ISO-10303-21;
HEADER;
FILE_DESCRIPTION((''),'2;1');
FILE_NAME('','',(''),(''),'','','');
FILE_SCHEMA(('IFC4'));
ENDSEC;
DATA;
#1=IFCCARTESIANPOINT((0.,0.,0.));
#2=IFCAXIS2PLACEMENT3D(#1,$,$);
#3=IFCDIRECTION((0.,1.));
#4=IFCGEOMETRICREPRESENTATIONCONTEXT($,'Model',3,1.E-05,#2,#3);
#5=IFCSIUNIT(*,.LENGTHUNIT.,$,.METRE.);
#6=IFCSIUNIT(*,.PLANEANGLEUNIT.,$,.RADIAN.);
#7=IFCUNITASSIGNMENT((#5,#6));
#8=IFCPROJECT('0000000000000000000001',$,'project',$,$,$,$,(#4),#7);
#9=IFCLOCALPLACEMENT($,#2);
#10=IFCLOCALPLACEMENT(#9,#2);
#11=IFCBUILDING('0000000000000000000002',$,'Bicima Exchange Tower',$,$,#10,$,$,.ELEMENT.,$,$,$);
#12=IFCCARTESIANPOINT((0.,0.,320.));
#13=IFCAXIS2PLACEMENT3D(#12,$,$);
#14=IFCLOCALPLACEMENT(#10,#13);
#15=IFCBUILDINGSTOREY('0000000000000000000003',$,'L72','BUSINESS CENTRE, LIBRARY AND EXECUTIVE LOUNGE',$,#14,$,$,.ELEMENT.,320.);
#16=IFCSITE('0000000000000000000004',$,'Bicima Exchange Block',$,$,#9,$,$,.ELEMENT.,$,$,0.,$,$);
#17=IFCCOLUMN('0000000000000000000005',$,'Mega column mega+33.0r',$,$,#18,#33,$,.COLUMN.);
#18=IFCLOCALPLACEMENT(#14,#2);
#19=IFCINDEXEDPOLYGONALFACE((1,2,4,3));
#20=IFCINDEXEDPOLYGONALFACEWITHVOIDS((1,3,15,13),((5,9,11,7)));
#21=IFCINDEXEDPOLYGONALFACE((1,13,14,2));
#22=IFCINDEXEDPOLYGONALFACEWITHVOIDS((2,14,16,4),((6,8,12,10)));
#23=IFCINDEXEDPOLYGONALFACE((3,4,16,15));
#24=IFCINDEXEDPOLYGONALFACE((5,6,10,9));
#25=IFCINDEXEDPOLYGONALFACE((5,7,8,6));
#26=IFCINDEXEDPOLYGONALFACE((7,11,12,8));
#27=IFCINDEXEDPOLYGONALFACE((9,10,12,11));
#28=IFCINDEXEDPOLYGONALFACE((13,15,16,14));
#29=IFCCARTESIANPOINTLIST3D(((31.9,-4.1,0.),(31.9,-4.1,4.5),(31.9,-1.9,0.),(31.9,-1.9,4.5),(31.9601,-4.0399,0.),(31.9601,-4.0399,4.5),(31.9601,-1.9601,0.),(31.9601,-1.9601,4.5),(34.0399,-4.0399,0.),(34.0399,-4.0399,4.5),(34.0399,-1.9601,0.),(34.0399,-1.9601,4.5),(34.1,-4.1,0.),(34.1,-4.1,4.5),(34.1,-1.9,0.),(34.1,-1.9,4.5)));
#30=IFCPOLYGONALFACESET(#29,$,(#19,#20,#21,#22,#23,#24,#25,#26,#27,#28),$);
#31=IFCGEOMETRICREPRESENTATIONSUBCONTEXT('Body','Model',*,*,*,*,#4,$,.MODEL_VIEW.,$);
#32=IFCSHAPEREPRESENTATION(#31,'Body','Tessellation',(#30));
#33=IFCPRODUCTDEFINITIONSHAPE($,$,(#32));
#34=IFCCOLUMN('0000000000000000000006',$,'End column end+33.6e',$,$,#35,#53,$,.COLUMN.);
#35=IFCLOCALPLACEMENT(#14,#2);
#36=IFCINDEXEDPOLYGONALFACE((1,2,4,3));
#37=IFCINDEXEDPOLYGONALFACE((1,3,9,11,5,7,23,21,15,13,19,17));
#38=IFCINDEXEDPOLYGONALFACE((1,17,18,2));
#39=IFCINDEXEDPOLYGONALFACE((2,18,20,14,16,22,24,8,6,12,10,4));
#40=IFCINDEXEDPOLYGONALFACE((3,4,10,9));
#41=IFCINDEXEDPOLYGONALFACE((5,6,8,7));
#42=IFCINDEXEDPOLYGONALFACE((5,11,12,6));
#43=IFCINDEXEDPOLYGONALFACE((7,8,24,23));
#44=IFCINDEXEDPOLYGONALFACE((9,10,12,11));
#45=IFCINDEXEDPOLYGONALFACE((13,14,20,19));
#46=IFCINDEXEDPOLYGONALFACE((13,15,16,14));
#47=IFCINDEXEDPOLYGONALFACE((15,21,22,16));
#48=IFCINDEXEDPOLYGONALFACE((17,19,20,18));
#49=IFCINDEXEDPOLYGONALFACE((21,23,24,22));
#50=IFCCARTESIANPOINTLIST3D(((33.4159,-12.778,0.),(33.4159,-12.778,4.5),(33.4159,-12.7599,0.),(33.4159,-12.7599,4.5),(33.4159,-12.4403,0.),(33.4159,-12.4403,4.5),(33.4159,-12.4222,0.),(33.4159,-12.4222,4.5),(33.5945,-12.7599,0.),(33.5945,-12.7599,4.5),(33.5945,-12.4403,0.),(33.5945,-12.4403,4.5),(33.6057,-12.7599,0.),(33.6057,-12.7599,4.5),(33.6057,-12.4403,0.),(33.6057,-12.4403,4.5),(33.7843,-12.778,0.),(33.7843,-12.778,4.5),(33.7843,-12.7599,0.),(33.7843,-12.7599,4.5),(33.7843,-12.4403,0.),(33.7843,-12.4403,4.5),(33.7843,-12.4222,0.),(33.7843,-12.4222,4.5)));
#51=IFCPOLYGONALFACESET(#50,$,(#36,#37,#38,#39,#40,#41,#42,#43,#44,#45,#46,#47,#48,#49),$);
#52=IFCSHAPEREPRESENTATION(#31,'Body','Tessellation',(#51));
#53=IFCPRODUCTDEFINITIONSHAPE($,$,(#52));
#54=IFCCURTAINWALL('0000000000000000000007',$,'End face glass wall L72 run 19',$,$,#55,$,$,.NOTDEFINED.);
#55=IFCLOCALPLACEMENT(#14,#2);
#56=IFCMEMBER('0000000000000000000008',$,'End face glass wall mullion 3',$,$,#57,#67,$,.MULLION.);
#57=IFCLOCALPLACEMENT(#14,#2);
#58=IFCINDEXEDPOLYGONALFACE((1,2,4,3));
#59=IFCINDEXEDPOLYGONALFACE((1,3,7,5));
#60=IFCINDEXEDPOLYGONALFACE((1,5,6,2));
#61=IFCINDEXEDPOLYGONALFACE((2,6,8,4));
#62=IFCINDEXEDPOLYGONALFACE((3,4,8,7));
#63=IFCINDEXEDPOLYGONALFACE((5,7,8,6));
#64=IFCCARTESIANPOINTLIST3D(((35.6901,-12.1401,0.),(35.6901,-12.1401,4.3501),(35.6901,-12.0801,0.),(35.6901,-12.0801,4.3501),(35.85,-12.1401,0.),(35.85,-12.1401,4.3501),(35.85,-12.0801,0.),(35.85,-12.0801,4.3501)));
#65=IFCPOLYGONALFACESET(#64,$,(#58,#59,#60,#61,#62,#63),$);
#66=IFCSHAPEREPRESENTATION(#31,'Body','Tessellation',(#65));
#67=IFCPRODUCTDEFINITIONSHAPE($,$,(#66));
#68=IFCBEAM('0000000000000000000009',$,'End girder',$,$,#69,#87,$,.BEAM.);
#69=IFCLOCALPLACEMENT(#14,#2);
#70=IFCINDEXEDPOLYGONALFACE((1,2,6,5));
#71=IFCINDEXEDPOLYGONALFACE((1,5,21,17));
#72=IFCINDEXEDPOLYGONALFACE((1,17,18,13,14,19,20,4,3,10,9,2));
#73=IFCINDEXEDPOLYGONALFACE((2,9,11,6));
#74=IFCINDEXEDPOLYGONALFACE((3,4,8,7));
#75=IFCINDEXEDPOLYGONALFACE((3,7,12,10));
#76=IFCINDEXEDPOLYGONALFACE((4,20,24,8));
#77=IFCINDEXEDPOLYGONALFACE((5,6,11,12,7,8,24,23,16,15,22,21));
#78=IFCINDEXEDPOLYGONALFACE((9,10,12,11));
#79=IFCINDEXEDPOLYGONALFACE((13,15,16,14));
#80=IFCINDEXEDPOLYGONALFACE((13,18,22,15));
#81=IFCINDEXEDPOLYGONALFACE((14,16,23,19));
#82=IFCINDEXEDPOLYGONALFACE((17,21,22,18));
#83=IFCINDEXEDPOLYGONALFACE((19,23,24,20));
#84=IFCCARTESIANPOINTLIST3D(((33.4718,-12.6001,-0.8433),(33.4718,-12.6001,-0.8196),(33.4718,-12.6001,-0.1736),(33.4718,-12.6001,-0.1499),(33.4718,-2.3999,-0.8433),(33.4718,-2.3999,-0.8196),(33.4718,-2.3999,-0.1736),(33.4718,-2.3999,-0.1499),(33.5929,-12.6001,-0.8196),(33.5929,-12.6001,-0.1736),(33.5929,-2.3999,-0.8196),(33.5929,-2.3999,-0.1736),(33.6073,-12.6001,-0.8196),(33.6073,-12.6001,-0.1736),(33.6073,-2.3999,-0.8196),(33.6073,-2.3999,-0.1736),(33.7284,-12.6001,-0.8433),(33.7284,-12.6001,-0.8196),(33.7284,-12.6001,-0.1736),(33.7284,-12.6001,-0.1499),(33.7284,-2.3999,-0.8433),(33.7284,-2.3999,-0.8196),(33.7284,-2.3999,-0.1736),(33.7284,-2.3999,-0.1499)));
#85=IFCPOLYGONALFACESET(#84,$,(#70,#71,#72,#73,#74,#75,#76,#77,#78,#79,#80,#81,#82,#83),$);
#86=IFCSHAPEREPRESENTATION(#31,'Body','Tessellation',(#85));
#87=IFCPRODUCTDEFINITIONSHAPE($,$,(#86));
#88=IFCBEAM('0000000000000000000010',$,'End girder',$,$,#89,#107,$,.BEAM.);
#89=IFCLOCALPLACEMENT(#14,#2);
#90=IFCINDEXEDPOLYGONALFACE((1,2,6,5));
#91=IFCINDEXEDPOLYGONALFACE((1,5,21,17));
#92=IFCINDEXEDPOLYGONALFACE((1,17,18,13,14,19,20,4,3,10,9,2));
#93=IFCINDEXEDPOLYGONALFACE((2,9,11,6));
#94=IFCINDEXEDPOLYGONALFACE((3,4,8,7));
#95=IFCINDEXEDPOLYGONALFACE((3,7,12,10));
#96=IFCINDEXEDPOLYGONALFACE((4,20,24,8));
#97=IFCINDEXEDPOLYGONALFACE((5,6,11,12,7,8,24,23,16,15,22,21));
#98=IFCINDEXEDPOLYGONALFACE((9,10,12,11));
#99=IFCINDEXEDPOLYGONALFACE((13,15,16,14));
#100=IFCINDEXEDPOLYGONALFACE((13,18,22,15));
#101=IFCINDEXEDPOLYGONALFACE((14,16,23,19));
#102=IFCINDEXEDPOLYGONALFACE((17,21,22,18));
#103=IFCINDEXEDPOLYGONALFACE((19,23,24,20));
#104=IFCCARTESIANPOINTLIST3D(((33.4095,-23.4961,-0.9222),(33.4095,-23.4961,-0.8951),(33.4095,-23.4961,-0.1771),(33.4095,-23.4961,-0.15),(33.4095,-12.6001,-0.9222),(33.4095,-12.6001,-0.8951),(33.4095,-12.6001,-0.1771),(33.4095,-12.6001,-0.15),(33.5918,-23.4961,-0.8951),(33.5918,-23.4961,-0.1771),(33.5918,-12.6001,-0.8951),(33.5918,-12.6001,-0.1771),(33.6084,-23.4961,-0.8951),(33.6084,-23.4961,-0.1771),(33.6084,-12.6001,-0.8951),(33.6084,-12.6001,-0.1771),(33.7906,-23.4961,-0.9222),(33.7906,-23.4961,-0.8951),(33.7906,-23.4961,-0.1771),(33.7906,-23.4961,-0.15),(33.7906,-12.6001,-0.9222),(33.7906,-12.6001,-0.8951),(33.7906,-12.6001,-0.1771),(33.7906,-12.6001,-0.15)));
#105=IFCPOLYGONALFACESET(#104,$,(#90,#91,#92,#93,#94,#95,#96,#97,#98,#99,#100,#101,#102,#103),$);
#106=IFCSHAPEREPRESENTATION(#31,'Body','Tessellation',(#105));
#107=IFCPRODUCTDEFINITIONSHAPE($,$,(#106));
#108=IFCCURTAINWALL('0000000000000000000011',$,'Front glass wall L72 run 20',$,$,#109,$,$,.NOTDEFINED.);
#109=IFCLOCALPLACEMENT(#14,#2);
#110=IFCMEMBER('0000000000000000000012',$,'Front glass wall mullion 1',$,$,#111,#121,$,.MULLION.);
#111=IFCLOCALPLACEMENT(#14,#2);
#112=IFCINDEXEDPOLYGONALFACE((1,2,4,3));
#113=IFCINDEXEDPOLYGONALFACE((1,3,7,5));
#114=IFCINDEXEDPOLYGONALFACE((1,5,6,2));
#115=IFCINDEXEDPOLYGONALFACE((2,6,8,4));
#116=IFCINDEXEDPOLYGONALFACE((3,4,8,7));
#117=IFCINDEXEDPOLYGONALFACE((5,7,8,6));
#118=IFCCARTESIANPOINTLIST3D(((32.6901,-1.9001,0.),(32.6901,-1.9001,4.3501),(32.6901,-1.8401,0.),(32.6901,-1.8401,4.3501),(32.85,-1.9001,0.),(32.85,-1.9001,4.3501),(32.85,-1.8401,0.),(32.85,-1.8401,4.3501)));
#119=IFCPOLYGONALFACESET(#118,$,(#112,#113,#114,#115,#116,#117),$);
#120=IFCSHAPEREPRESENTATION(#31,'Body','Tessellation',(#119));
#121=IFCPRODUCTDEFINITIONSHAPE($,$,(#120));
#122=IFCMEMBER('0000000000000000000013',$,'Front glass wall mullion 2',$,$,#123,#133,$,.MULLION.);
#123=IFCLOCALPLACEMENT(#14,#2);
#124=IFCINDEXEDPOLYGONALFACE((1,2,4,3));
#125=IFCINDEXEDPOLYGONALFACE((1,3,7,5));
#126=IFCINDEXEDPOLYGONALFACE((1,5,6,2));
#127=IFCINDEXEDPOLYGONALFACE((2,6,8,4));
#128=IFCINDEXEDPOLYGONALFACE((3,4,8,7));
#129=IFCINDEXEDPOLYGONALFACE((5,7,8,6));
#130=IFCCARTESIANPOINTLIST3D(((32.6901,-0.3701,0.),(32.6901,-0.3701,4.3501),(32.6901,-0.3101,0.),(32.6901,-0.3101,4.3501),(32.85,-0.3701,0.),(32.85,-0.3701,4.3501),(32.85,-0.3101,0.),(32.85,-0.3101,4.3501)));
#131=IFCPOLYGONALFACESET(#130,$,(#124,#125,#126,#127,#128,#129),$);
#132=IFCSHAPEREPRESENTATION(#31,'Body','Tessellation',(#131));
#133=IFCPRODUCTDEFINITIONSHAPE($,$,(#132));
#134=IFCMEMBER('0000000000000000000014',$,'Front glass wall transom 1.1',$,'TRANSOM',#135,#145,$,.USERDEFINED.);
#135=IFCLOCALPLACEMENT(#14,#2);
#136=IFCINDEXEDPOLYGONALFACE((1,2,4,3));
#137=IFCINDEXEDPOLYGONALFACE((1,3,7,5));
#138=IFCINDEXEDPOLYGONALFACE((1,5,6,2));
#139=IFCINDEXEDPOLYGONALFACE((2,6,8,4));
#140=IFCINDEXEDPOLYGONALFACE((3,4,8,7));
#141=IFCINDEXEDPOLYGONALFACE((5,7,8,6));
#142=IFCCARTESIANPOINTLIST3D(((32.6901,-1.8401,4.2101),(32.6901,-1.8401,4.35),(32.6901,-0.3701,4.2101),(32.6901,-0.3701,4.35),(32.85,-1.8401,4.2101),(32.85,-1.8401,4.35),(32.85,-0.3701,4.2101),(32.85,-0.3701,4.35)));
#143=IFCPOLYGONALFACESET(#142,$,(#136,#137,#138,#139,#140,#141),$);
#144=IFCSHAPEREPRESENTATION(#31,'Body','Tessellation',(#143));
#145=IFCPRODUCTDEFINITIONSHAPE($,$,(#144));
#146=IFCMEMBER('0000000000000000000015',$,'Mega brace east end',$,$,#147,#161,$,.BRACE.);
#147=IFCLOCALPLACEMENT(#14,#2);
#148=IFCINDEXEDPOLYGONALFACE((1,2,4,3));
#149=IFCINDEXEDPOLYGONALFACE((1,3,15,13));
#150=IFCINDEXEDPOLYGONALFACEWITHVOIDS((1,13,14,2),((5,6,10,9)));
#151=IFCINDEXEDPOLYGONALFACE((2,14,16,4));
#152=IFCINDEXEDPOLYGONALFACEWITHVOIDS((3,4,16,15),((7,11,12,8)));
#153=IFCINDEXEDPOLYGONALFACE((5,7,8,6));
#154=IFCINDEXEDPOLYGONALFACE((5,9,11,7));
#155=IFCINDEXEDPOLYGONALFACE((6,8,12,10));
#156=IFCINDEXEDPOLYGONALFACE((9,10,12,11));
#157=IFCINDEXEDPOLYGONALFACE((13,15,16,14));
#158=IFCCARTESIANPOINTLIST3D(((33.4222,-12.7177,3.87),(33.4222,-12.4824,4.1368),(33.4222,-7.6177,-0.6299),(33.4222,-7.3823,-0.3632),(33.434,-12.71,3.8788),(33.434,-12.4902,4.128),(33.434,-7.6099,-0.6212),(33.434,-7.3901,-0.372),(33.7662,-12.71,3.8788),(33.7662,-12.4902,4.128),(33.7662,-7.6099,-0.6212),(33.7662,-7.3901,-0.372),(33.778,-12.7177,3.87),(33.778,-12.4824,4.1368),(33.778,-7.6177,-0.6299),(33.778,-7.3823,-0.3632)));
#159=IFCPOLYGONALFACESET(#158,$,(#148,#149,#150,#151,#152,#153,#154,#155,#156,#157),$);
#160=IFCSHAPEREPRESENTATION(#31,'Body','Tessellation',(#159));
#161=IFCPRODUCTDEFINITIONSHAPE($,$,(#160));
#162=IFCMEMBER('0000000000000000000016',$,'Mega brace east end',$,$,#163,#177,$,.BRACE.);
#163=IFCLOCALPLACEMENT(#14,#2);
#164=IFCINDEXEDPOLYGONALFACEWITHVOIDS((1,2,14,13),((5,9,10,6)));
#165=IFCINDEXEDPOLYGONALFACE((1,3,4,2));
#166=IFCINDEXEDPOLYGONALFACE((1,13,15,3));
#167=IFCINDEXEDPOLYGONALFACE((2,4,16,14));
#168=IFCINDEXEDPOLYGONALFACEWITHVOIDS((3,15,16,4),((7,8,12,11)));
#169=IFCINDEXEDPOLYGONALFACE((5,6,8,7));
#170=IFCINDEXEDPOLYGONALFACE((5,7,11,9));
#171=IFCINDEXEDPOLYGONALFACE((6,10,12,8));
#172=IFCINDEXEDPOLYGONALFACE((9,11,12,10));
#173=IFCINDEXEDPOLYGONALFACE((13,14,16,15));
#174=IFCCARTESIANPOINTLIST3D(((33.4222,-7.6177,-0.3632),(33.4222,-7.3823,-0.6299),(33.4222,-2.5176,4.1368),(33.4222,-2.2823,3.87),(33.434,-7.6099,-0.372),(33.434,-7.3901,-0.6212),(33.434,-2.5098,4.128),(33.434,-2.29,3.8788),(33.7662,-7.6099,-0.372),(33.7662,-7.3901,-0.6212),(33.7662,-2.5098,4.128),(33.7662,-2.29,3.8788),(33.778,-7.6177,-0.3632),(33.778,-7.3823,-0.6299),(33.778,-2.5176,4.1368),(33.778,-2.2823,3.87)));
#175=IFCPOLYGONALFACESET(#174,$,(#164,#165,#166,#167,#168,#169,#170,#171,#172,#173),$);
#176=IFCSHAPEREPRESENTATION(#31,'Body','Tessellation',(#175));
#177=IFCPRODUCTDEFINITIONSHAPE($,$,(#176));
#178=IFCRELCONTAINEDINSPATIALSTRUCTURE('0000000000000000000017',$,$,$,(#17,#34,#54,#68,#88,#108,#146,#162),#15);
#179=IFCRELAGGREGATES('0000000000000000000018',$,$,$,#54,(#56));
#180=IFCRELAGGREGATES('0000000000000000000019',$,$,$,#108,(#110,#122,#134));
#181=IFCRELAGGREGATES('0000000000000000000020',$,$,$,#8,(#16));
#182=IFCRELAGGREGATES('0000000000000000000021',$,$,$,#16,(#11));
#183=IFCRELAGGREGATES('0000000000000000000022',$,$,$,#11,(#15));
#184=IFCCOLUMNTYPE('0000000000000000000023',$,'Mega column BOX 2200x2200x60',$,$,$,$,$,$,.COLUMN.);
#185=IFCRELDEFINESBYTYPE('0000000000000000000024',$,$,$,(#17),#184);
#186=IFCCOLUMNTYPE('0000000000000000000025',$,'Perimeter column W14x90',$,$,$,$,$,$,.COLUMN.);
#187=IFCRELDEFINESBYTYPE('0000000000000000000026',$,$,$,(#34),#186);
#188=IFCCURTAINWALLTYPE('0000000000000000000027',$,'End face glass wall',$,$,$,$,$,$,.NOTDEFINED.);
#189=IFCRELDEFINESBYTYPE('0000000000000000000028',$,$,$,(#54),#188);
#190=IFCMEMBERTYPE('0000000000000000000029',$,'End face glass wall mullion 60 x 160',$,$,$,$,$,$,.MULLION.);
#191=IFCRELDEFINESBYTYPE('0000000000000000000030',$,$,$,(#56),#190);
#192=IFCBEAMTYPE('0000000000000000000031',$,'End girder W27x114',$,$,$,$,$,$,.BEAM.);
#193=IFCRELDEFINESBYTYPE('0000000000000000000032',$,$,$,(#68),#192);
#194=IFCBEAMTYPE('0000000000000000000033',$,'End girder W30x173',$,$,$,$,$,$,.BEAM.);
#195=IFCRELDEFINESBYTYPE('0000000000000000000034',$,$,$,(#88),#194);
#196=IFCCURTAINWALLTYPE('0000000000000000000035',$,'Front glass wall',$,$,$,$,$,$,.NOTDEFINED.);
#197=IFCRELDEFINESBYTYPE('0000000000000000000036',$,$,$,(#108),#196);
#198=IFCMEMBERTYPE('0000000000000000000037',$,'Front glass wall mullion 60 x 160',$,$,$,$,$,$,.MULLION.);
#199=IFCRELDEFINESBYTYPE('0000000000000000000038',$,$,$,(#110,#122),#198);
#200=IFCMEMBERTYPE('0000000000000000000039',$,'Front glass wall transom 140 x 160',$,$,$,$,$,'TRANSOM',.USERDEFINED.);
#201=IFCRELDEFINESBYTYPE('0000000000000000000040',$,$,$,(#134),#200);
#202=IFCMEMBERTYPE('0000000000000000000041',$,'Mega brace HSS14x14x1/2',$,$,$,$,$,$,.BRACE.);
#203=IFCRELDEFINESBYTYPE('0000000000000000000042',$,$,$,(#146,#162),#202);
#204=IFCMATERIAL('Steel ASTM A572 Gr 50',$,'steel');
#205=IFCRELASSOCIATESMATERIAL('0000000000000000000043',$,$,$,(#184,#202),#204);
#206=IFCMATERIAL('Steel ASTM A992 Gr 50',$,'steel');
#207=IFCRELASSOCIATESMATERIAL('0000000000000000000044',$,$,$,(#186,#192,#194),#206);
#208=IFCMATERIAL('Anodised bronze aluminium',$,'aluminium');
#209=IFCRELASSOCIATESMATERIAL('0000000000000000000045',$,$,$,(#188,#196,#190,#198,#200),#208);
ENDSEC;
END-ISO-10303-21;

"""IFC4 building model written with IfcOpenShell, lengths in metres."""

from ifc_helpers import new_model, si_unit, direction, frame, origin, origin_2d, place, context, subcontext, project, spatial, rectangle, hollow_rectangle, i_section, extrude, material, material_profile, profile_set, type_object, element, aggregate, save


model = new_model("IFC4")

# Units and contexts
model_context = context("Model", 3, precision=1e-05, world=origin(), true_north=direction((0.0, 1.0)))
body_context = subcontext(model_context, "Body", "Model", "MODEL_VIEW")
ifc_project = project(units=[si_unit("LENGTHUNIT", "METRE"), si_unit("PLANEANGLEUNIT", "RADIAN")], contexts=[model_context])

# Site, building, storey
site_placement = place(None, origin())
site = spatial("IfcSite", under=ifc_project, at=site_placement, Name="Bicima Exchange Block", CompositionType="ELEMENT", RefElevation=0.0)
building_placement = place(site_placement, origin())
building = spatial("IfcBuilding", under=site, at=building_placement, Name="Bicima Exchange Tower", CompositionType="ELEMENT")
storey_placement = place(building_placement, frame((0.0, 0.0, 320.0)))
storey = spatial("IfcBuildingStorey", under=building, at=storey_placement, Name="L72", Description="BUSINESS CENTRE, LIBRARY AND EXECUTIVE LOUNGE", CompositionType="ELEMENT", Elevation=320.0)

# Columns
ifc_material_1 = material(Name="Steel ASTM A572 Gr 50", Category="steel")
ifc_material_profile_1 = material_profile(ifc_material_1, hollow_rectangle(XDim=2.2, YDim=2.2, WallThickness=0.0601, at=origin_2d()))
ifc_profile_set_1 = profile_set([ifc_material_profile_1], Name="Steel ASTM A572 Gr 50")
column_type_1 = type_object("IfcColumnType", Name="Mega column BOX 2200x2200x60", PredefinedType="COLUMN", material=ifc_profile_set_1)
column_1_placement = place(storey_placement, frame((33.0, -3.0, 0.0), z_axis=(0.0, 0.0, 1.0), x_axis=(1.0, 0.0, 0.0)))
element("IfcColumn", 1, at=column_1_placement, inside=storey, type_object=column_type_1, Name="Mega column mega+33.0r", PredefinedType="COLUMN", context=body_context, shape_type="SweptSolid", body=[
    extrude(hollow_rectangle(XDim=2.2, YDim=2.2, WallThickness=0.0601, at=origin_2d()), origin(), (0.0, 0.0, 1.0), 4.5),
])
ifc_material_2 = material(Name="Steel ASTM A992 Gr 50", Category="steel")
ifc_material_profile_2 = material_profile(ifc_material_2, i_section(OverallWidth=0.3684, OverallDepth=0.3557, WebThickness=0.0112, FlangeThickness=0.0181, at=origin_2d()))
ifc_profile_set_2 = profile_set([ifc_material_profile_2], Name="Steel ASTM A992 Gr 50")
column_type_2 = type_object("IfcColumnType", Name="Perimeter column W14x90", PredefinedType="COLUMN", material=ifc_profile_set_2)
column_2_placement = place(storey_placement, frame((33.6001, -12.6001, 0.0), z_axis=(0.0, 0.0, 1.0), x_axis=(1.0, 0.0, 0.0)))
element("IfcColumn", 2, at=column_2_placement, inside=storey, type_object=column_type_2, Name="End column end+33.6e", PredefinedType="COLUMN", context=body_context, shape_type="SweptSolid", body=[
    extrude(i_section(OverallWidth=0.3684, OverallDepth=0.3557, WebThickness=0.0112, FlangeThickness=0.0181, at=origin_2d()), origin(), (0.0, 0.0, 1.0), 4.5),
])

# Curtain wall, member
ifc_material_3 = material(Name="Anodised bronze aluminium", Category="aluminium")
curtain_wall_type_1 = type_object("IfcCurtainWallType", Name="End face glass wall", PredefinedType="NOTDEFINED", material=ifc_material_3)
curtain_wall_1_placement = place(storey_placement, origin())
curtain_wall_1 = element("IfcCurtainWall", 3, at=curtain_wall_1_placement, inside=storey, type_object=curtain_wall_type_1, Name="End face glass wall L72 run 19", PredefinedType="NOTDEFINED")
ifc_material_profile_3 = material_profile(ifc_material_3, rectangle(XDim=0.1599, YDim=0.0601, at=origin_2d()))
ifc_profile_set_3 = profile_set([ifc_material_profile_3], Name="Anodised bronze aluminium")
member_type_1 = type_object("IfcMemberType", Name="End face glass wall mullion 60 x 160", PredefinedType="MULLION", material=ifc_profile_set_3)
member_1_placement = place(storey_placement, frame((35.77, -12.1101, 0.0), z_axis=(0.0, 0.0, 1.0), x_axis=(-1.0, 0.0, 0.0)))
member_1 = element("IfcMember", 4, at=member_1_placement, type_object=member_type_1, Name="End face glass wall mullion 3", PredefinedType="MULLION", context=body_context, shape_type="SweptSolid", body=[
    extrude(rectangle(XDim=0.1599, YDim=0.0601, at=origin_2d()), origin(), (0.0, 0.0, 1.0), 4.3501),
])
aggregate(curtain_wall_1, [member_1])

# Beams
ifc_material_profile_4 = material_profile(ifc_material_2, i_section(OverallWidth=0.2566, OverallDepth=0.6934, WebThickness=0.0144, FlangeThickness=0.0237, at=origin_2d()))
ifc_profile_set_4 = profile_set([ifc_material_profile_4], Name="Steel ASTM A992 Gr 50")
beam_type_1 = type_object("IfcBeamType", Name="End girder W27x114", PredefinedType="BEAM", material=ifc_profile_set_4)
beam_1_placement = place(storey_placement, frame((33.6001, -2.3999, -0.4966), z_axis=(0.0, -1.0, 0.0), x_axis=(1.0, 0.0, 0.0)))
element("IfcBeam", 5, at=beam_1_placement, inside=storey, type_object=beam_type_1, Name="End girder", PredefinedType="BEAM", context=body_context, shape_type="SweptSolid", body=[
    extrude(i_section(OverallWidth=0.2566, OverallDepth=0.6934, WebThickness=0.0144, FlangeThickness=0.0237, at=origin_2d()), origin(), (0.0, 0.0, 1.0), 10.2002),
])
ifc_material_profile_5 = material_profile(ifc_material_2, i_section(OverallWidth=0.3811, OverallDepth=0.7722, WebThickness=0.0166, FlangeThickness=0.0271, at=origin_2d()))
ifc_profile_set_5 = profile_set([ifc_material_profile_5], Name="Steel ASTM A992 Gr 50")
beam_type_2 = type_object("IfcBeamType", Name="End girder W30x173", PredefinedType="BEAM", material=ifc_profile_set_5)
beam_2_placement = place(storey_placement, frame((33.6001, -12.6001, -0.5361), z_axis=(0.0, -1.0, 0.0), x_axis=(1.0, 0.0, 0.0)))
element("IfcBeam", 6, at=beam_2_placement, inside=storey, type_object=beam_type_2, Name="End girder", PredefinedType="BEAM", context=body_context, shape_type="SweptSolid", body=[
    extrude(i_section(OverallWidth=0.3811, OverallDepth=0.7722, WebThickness=0.0166, FlangeThickness=0.0271, at=origin_2d()), origin(), (0.0, 0.0, 1.0), 10.896),
])

# Curtain wall, members
curtain_wall_type_2 = type_object("IfcCurtainWallType", Name="Front glass wall", PredefinedType="NOTDEFINED", material=ifc_material_3)
curtain_wall_2_placement = place(storey_placement, origin())
curtain_wall_2 = element("IfcCurtainWall", 7, at=curtain_wall_2_placement, inside=storey, type_object=curtain_wall_type_2, Name="Front glass wall L72 run 20", PredefinedType="NOTDEFINED")
member_type_2 = type_object("IfcMemberType", Name="Front glass wall mullion 60 x 160", PredefinedType="MULLION", material=ifc_profile_set_3)
member_2_placement = place(storey_placement, frame((32.77, -1.8701, 0.0), z_axis=(0.0, 0.0, 1.0), x_axis=(-1.0, 0.0, 0.0)))
member_2 = element("IfcMember", 8, at=member_2_placement, type_object=member_type_2, Name="Front glass wall mullion 1", PredefinedType="MULLION", context=body_context, shape_type="SweptSolid", body=[
    extrude(rectangle(XDim=0.1599, YDim=0.0601, at=origin_2d()), origin(), (0.0, 0.0, 1.0), 4.3501),
])
member_3_placement = place(storey_placement, frame((32.77, -0.3401, 0.0), z_axis=(0.0, 0.0, 1.0), x_axis=(-1.0, 0.0, 0.0)))
member_3 = element("IfcMember", 9, at=member_3_placement, type_object=member_type_2, Name="Front glass wall mullion 2", PredefinedType="MULLION", context=body_context, shape_type="SweptSolid", body=[
    extrude(rectangle(XDim=0.1599, YDim=0.0601, at=origin_2d()), origin(), (0.0, 0.0, 1.0), 4.3501),
])
ifc_material_profile_6 = material_profile(ifc_material_3, rectangle(XDim=0.1599, YDim=0.1399, at=origin_2d()))
ifc_profile_set_6 = profile_set([ifc_material_profile_6], Name="Anodised bronze aluminium")
member_type_3 = type_object("IfcMemberType", Name="Front glass wall transom 140 x 160", ElementType="TRANSOM", PredefinedType="USERDEFINED", material=ifc_profile_set_6)
member_4_placement = place(storey_placement, frame((32.77, -1.8401, 4.28), z_axis=(0.0, 1.0, 0.0), x_axis=(-1.0, 0.0, 0.0)))
member_4 = element("IfcMember", 10, at=member_4_placement, type_object=member_type_3, Name="Front glass wall transom 1.1", ObjectType="TRANSOM", PredefinedType="USERDEFINED", context=body_context, shape_type="SweptSolid", body=[
    extrude(rectangle(XDim=0.1599, YDim=0.1399, at=origin_2d()), origin(), (0.0, 0.0, 1.0), 1.47),
])

# Members
ifc_material_profile_7 = material_profile(ifc_material_1, hollow_rectangle(XDim=0.3557, YDim=0.3557, WallThickness=0.0117, at=origin_2d()))
ifc_profile_set_7 = profile_set([ifc_material_profile_7], Name="Steel ASTM A572 Gr 50")
member_type_4 = type_object("IfcMemberType", Name="Mega brace HSS14x14x1/2", PredefinedType="BRACE", material=ifc_profile_set_7)
for number, where, z_axis, x_axis, name in (
    (11, (33.6001, -7.5, -0.4966), (0.0, -0.749844, 0.661615), (1.0, 0.0, 0.0), "Mega brace east end"),
    (12, (33.6001, -7.5, -0.4966), (0.0, 0.749844, 0.661615), (-1.0, 0.0, 0.0), "Mega brace east end"),
):
    element("IfcMember", number, at=place(storey_placement, frame(where, z_axis=z_axis, x_axis=x_axis)), inside=storey, type_object=member_type_4, Name=name, PredefinedType="BRACE", context=body_context, shape_type="SweptSolid", body=[
        extrude(hollow_rectangle(XDim=0.3557, YDim=0.3557, WallThickness=0.0117, at=origin_2d()), origin(), (0.0, 0.0, 1.0), 6.8015),
    ])

aggregate(curtain_wall_2, [member_2, member_3, member_4])

save(model, "model.ifc")
